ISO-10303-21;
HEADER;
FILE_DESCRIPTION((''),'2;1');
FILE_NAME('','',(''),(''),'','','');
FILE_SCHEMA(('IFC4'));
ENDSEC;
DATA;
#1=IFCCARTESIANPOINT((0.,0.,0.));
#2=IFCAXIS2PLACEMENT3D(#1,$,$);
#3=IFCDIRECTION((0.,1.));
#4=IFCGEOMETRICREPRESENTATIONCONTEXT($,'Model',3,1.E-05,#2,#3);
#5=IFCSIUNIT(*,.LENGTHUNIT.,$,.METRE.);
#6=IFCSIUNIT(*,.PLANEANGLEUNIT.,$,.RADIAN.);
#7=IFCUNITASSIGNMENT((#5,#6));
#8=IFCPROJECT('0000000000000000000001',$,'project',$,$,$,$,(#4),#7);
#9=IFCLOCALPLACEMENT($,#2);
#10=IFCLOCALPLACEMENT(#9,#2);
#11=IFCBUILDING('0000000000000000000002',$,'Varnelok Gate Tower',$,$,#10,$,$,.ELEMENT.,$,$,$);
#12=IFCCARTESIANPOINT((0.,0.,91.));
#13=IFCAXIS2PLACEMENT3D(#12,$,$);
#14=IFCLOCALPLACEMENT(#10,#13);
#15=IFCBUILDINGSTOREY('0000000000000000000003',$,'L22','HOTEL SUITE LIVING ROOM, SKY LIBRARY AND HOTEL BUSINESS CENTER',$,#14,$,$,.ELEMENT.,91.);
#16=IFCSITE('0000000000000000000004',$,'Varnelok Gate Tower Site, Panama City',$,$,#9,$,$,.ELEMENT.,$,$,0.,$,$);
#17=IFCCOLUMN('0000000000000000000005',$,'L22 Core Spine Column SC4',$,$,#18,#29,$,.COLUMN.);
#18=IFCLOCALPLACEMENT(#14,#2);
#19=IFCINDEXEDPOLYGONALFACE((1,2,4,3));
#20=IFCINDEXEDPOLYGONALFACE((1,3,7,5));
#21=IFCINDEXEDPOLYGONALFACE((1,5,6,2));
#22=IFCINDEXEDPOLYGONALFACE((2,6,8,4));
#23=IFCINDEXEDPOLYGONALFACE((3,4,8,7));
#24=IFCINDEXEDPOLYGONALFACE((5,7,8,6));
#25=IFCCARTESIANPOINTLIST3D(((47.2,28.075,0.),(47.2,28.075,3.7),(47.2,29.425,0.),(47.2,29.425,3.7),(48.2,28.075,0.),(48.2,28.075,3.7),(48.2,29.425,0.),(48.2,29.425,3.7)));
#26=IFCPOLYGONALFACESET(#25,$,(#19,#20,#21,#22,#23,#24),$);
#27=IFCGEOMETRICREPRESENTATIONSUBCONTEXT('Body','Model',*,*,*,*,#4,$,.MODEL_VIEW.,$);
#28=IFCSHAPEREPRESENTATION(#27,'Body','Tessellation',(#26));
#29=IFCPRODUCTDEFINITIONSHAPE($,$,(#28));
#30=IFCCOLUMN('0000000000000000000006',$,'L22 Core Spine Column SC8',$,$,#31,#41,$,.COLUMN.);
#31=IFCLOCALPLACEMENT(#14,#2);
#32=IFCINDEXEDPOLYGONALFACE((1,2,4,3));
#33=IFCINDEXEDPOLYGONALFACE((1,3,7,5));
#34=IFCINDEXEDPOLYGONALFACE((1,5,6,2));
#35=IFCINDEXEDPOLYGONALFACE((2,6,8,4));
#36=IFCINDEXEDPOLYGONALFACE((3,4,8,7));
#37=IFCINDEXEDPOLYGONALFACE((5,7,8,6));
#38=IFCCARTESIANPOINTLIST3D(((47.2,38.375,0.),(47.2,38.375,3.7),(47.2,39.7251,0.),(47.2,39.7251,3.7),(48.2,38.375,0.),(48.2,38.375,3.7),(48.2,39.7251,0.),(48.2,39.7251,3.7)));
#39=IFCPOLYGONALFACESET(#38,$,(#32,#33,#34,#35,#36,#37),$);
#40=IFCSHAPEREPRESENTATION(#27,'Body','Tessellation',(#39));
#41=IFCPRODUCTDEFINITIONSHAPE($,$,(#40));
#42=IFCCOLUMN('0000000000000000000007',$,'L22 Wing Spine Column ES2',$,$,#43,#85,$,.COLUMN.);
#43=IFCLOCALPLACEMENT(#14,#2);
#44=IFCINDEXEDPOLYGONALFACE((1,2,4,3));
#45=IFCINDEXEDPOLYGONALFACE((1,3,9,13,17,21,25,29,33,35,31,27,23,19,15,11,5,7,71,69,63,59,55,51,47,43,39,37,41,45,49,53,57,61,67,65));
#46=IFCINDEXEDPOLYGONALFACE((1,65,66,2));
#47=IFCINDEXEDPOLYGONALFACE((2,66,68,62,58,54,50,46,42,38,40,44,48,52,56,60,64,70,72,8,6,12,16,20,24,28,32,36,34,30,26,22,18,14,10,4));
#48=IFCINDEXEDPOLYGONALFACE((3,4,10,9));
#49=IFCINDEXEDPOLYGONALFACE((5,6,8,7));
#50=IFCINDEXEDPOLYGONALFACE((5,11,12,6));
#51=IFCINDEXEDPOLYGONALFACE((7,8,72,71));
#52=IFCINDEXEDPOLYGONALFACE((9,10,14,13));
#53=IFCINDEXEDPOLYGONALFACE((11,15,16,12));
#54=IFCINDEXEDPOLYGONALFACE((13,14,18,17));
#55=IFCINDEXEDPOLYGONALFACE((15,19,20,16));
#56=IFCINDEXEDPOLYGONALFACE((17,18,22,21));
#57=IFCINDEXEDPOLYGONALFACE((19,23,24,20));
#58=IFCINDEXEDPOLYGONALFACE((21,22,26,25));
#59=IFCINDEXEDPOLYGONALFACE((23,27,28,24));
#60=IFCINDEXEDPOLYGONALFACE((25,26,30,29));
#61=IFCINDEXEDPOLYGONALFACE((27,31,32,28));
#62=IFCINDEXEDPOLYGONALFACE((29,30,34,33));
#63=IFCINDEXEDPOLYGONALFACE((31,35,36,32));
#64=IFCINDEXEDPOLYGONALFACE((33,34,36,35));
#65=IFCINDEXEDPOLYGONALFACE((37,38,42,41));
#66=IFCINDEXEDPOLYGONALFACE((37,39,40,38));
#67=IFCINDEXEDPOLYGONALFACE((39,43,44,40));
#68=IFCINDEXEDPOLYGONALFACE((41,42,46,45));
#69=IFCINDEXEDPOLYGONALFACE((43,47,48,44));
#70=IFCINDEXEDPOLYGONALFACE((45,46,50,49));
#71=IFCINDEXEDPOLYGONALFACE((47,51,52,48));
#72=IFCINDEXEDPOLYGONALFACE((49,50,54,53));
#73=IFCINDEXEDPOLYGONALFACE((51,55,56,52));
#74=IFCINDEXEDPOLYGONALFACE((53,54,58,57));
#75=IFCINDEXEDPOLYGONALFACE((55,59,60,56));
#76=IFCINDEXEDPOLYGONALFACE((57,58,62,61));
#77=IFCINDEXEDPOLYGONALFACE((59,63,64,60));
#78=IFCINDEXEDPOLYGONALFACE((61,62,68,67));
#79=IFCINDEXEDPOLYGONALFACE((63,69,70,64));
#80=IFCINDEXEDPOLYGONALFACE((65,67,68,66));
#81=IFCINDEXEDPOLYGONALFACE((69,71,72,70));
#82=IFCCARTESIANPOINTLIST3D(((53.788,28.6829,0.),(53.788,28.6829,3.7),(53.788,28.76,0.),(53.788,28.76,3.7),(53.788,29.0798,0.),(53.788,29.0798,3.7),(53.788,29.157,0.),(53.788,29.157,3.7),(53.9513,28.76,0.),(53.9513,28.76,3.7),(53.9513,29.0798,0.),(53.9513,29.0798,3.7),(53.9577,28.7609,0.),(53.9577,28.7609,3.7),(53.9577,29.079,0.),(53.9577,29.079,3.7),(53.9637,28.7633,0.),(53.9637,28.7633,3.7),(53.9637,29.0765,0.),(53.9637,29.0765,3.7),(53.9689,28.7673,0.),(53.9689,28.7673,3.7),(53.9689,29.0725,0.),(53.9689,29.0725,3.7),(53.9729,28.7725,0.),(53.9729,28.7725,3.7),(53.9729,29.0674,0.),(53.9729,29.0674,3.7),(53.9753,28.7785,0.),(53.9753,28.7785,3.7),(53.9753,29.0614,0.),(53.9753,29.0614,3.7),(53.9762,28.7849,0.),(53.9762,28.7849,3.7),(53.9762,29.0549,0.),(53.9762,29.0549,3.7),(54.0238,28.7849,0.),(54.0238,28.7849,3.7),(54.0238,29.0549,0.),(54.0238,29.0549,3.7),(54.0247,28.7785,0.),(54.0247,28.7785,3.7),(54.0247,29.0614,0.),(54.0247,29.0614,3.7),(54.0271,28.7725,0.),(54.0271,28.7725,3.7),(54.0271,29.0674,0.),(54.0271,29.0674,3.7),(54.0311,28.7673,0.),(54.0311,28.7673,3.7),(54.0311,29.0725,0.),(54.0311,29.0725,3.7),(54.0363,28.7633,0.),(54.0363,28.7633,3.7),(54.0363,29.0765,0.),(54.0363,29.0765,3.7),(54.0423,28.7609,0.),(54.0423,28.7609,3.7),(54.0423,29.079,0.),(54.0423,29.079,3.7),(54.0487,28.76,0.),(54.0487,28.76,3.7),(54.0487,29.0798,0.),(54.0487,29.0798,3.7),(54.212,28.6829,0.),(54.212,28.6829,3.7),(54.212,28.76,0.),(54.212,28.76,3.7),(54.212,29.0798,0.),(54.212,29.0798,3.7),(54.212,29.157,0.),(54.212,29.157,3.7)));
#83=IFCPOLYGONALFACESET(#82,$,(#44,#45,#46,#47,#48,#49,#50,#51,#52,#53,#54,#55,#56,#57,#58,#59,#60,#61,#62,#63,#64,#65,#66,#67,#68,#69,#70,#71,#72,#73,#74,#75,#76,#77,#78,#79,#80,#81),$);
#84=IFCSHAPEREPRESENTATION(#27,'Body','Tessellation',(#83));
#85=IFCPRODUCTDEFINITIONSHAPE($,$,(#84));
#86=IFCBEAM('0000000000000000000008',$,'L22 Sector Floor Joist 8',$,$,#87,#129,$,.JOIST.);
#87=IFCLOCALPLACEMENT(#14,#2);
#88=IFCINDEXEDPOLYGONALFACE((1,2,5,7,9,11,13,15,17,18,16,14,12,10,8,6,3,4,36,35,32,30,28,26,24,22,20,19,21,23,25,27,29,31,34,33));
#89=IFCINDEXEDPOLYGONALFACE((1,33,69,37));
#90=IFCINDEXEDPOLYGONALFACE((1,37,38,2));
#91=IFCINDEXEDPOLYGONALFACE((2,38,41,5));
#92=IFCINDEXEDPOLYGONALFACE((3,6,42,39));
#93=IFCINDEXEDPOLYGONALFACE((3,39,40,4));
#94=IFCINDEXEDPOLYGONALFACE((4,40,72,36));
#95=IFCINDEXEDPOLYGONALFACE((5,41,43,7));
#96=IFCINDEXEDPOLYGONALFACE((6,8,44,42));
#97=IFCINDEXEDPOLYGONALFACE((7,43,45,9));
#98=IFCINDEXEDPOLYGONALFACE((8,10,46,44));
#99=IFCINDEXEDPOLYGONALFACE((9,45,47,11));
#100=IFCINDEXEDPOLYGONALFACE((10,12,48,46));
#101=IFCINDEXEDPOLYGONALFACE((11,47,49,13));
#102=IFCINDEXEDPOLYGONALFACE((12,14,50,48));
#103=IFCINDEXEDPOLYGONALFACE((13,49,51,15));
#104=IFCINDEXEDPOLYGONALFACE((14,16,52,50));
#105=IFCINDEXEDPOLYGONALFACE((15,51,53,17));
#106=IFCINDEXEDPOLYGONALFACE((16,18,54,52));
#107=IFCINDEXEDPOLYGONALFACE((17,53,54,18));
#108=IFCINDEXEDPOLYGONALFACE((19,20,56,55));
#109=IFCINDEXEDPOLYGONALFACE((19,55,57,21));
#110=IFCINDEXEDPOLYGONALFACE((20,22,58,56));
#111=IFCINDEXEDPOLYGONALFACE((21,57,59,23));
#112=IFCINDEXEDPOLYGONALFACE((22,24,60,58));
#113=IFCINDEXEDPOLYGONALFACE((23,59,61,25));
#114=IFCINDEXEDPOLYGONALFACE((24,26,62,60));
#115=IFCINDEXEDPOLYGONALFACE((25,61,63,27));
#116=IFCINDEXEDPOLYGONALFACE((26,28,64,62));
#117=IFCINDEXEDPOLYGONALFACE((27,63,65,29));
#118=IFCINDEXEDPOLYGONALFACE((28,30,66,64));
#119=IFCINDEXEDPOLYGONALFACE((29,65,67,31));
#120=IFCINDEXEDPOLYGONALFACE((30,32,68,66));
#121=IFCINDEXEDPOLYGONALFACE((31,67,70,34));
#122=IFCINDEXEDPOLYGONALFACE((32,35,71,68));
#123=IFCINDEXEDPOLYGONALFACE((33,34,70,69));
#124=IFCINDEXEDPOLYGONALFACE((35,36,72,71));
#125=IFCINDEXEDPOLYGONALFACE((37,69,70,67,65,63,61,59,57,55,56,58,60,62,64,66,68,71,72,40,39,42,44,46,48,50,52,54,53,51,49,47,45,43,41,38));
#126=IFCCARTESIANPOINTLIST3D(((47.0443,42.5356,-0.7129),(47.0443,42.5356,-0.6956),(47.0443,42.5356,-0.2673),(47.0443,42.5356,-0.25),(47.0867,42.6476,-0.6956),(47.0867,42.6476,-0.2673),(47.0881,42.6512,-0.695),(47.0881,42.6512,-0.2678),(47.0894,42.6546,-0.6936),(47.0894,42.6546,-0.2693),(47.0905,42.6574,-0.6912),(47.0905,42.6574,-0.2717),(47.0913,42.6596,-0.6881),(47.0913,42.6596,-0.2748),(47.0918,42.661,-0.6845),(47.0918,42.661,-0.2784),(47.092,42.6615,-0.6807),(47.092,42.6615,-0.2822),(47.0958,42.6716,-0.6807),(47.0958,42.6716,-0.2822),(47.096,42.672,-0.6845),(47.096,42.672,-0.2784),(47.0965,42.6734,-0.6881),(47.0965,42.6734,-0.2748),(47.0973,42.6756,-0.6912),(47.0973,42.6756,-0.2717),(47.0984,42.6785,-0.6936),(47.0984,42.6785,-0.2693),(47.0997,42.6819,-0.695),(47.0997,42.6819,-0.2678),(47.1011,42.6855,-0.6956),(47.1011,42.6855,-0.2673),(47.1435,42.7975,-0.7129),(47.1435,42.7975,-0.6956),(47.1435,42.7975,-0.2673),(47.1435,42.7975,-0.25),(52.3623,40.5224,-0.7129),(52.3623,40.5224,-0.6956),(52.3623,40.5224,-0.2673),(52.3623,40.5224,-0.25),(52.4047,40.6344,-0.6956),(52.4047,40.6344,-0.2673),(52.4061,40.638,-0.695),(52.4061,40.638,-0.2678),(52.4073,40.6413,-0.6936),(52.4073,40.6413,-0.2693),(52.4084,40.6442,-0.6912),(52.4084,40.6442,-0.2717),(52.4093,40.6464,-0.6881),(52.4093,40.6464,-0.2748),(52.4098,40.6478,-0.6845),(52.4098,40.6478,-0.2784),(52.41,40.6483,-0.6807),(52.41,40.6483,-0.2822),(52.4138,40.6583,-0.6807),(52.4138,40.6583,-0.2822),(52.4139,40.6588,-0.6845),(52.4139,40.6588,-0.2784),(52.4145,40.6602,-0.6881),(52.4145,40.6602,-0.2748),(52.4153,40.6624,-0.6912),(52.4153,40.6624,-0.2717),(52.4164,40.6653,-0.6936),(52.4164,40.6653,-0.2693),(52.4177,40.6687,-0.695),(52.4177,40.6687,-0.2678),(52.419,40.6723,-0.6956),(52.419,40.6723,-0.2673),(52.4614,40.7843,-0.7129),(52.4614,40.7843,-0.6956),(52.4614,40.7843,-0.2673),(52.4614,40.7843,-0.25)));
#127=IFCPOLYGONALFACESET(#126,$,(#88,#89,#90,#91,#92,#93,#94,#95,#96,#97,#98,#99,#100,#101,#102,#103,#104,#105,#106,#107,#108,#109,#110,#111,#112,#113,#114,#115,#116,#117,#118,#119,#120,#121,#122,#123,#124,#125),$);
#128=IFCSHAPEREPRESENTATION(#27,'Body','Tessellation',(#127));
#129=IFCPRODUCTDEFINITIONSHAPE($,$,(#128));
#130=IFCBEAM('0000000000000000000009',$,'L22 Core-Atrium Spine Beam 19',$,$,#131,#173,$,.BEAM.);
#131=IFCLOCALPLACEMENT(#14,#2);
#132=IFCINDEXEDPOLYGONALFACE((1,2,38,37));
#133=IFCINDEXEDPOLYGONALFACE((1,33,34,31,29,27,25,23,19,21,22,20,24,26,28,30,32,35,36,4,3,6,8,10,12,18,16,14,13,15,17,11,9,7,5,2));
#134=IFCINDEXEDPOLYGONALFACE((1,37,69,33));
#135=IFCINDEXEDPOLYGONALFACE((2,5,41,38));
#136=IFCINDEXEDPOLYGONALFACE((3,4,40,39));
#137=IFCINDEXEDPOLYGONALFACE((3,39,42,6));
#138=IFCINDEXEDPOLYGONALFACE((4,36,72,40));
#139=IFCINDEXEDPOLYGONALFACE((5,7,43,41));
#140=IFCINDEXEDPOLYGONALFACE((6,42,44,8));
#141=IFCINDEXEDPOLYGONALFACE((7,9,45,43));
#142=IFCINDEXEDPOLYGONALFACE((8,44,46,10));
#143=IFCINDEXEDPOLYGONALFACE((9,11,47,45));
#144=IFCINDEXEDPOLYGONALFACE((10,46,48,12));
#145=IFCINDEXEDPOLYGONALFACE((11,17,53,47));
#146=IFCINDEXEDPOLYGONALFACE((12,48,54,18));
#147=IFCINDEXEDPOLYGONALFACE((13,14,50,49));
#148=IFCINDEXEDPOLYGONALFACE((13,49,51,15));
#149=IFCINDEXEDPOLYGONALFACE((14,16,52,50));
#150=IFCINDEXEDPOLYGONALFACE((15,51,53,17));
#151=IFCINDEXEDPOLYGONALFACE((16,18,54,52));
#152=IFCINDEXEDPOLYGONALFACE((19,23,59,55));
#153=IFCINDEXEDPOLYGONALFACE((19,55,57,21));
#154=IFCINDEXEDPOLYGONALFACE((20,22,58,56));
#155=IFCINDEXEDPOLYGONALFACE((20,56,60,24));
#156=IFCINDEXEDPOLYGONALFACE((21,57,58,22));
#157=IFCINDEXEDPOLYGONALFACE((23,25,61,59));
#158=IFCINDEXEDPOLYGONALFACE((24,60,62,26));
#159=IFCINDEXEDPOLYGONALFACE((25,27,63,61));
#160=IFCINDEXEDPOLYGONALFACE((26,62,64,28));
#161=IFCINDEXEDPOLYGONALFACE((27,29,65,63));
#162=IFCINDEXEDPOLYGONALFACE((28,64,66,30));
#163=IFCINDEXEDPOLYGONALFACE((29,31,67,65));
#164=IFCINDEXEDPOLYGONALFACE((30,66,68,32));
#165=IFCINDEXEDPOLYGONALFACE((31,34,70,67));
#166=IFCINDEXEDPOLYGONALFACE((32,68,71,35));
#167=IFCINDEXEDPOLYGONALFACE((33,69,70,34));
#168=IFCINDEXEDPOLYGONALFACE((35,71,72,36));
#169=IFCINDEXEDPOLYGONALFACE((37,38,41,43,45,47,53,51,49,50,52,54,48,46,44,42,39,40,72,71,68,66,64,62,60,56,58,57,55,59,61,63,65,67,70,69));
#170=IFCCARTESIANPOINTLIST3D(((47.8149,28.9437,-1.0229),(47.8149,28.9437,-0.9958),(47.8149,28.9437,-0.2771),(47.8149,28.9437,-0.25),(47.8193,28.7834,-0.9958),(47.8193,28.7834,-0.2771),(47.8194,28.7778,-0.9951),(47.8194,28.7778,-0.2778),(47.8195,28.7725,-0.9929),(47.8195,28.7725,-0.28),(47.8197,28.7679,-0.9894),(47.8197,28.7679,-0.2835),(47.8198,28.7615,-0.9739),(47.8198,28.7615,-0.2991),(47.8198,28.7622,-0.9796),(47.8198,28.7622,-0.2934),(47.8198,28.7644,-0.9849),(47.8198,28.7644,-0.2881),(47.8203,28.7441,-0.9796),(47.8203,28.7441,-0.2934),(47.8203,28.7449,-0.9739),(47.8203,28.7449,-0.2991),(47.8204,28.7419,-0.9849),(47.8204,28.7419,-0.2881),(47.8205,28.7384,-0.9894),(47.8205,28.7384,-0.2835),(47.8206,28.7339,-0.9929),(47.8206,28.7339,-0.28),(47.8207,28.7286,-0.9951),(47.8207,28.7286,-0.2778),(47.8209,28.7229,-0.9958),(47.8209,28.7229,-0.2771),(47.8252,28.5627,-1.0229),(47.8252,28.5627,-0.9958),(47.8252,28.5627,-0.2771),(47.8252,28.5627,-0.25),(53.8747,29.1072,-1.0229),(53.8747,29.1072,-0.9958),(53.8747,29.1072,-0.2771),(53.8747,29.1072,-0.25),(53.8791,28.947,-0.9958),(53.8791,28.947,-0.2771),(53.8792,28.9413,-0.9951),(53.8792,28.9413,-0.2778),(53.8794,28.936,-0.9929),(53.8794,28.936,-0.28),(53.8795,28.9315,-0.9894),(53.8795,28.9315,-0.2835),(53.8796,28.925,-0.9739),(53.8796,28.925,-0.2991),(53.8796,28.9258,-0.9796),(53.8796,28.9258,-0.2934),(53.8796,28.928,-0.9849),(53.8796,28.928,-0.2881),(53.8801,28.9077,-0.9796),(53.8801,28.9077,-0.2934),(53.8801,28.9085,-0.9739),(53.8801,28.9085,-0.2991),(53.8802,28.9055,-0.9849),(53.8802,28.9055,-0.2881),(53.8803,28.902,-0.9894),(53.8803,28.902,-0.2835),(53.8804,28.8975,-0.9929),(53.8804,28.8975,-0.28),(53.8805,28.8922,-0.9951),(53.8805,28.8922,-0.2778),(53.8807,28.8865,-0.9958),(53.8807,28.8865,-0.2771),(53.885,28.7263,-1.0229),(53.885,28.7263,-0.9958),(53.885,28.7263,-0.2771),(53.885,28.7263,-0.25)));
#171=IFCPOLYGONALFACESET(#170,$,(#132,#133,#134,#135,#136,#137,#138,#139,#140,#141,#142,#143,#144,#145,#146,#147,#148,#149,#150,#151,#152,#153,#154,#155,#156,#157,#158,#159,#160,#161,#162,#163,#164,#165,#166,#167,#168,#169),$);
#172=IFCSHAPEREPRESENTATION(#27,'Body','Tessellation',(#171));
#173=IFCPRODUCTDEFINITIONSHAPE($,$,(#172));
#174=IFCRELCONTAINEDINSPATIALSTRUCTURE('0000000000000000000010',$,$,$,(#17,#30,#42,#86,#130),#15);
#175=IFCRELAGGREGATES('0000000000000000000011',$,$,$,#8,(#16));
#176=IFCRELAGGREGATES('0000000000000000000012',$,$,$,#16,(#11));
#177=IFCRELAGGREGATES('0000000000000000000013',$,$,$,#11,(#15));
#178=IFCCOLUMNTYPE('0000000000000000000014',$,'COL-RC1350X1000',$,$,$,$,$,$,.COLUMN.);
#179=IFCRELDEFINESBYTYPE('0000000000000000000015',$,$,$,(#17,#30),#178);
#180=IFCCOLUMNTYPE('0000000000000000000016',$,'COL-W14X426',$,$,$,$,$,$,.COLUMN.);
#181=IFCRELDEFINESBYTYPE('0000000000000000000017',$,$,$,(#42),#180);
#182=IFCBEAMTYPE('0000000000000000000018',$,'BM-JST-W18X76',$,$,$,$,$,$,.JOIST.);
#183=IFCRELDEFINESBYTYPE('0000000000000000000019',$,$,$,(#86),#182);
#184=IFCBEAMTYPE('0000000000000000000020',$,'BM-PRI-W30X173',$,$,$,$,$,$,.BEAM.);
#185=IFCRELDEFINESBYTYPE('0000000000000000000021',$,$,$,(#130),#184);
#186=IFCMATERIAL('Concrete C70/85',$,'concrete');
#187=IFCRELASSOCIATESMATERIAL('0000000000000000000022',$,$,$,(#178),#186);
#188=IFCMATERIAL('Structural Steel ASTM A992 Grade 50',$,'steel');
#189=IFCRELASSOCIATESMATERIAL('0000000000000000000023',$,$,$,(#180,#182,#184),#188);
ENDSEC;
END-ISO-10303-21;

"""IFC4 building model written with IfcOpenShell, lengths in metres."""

from ifc_helpers import new_model, si_unit, direction, frame, origin, origin_2d, place, context, subcontext, project, spatial, rectangle, i_section, extrude, material, material_profile, profile_set, type_object, element, save


model = new_model("IFC4")

# Units and contexts
model_context = context("Model", 3, precision=1e-05, world=origin(), true_north=direction((0.0, 1.0)))
body_context = subcontext(model_context, "Body", "Model", "MODEL_VIEW")
ifc_project = project(units=[si_unit("LENGTHUNIT", "METRE"), si_unit("PLANEANGLEUNIT", "RADIAN")], contexts=[model_context])

# Site, building, storey
site_placement = place(None, origin())
site = spatial("IfcSite", under=ifc_project, at=site_placement, Name="Varnelok Gate Tower Site, Panama City", CompositionType="ELEMENT", RefElevation=0.0)
building_placement = place(site_placement, origin())
building = spatial("IfcBuilding", under=site, at=building_placement, Name="Varnelok Gate Tower", CompositionType="ELEMENT")
storey_placement = place(building_placement, frame((0.0, 0.0, 91.0)))
storey = spatial("IfcBuildingStorey", under=building, at=storey_placement, Name="L22", Description="HOTEL SUITE LIVING ROOM, SKY LIBRARY AND HOTEL BUSINESS CENTER", CompositionType="ELEMENT", Elevation=91.0)

# Columns
ifc_material_1 = material(Name="Concrete C70/85", Category="concrete")
ifc_material_profile_1 = material_profile(ifc_material_1, rectangle(XDim=1.0, YDim=1.3501, at=origin_2d()), Name="RC1350X1000")
ifc_profile_set_1 = profile_set([ifc_material_profile_1], Name="Concrete C70/85")
column_type_1 = type_object("IfcColumnType", Name="COL-RC1350X1000", PredefinedType="COLUMN", material=ifc_profile_set_1)
for number, where, z_axis, x_axis, name in (
    (1, (47.7, 28.75, 0.0), (0.0, 0.0, 1.0), (1.0, 0.0, 0.0), "L22 Core Spine Column SC4"),
    (2, (47.7, 39.05, 0.0), (0.0, 0.0, 1.0), (1.0, 0.0, 0.0), "L22 Core Spine Column SC8"),
):
    element("IfcColumn", number, at=place(storey_placement, frame(where, z_axis=z_axis, x_axis=x_axis)), inside=storey, type_object=column_type_1, Name=name, PredefinedType="COLUMN", context=body_context, shape_type="SweptSolid", body=[
        extrude(rectangle(XDim=1.0, YDim=1.3501, at=origin_2d()), origin(), (0.0, 0.0, 1.0), 3.7),
    ])
ifc_material_2 = material(Name="Structural Steel ASTM A992 Grade 50", Category="steel")
ifc_material_profile_2 = material_profile(ifc_material_2, i_section(OverallWidth=0.4241, OverallDepth=0.4741, WebThickness=0.0476, FlangeThickness=0.0771, FilletRadius=0.0249, at=origin_2d()), Name="W14X426")
ifc_profile_set_2 = profile_set([ifc_material_profile_2], Name="Structural Steel ASTM A992 Grade 50")
column_type_2 = type_object("IfcColumnType", Name="COL-W14X426", PredefinedType="COLUMN", material=ifc_profile_set_2)
column_placement = place(storey_placement, frame((54.0, 28.9199, 0.0), z_axis=(0.0, 0.0, 1.0), x_axis=(1.0, 0.0, 0.0)))
element("IfcColumn", 3, at=column_placement, inside=storey, type_object=column_type_2, Name="L22 Wing Spine Column ES2", PredefinedType="COLUMN", context=body_context, shape_type="SweptSolid", body=[
    extrude(i_section(OverallWidth=0.4241, OverallDepth=0.4741, WebThickness=0.0476, FlangeThickness=0.0771, FilletRadius=0.0249, at=origin_2d()), origin(), (0.0, 0.0, 1.0), 3.7),
])

# Beams
ifc_material_profile_3 = material_profile(ifc_material_2, i_section(OverallWidth=0.28, OverallDepth=0.4629, WebThickness=0.0107, FlangeThickness=0.0173, FilletRadius=0.0149, at=origin_2d()), Name="W18X76")
ifc_profile_set_3 = profile_set([ifc_material_profile_3], Name="Structural Steel ASTM A992 Grade 50")
beam_type_1 = type_object("IfcBeamType", Name="BM-JST-W18X76", PredefinedType="JOIST", material=ifc_profile_set_3)
beam_1_placement = place(storey_placement, frame((52.4119, 40.6533, -0.4814), z_axis=(-0.935227, 0.354048, 0.0), x_axis=(-0.354048, -0.935227, 0.0)))
element("IfcBeam", 4, at=beam_1_placement, inside=storey, type_object=beam_type_1, Name="L22 Sector Floor Joist 8", PredefinedType="JOIST", context=body_context, shape_type="SweptSolid", body=[
    extrude(i_section(OverallWidth=0.28, OverallDepth=0.4629, WebThickness=0.0107, FlangeThickness=0.0173, FilletRadius=0.0149, at=origin_2d()), origin(), (0.0, 0.0, 1.0), 5.6863),
])
ifc_material_profile_4 = material_profile(ifc_material_2, i_section(OverallWidth=0.3811, OverallDepth=0.7729, WebThickness=0.0166, FlangeThickness=0.0271, FilletRadius=0.022, at=origin_2d()), Name="W30X173")
ifc_profile_set_4 = profile_set([ifc_material_profile_4], Name="Structural Steel ASTM A992 Grade 50")
beam_type_2 = type_object("IfcBeamType", Name="BM-PRI-W30X173", PredefinedType="BEAM", material=ifc_profile_set_4)
beam_2_placement = place(storey_placement, frame((47.8201, 28.7532, -0.6365), z_axis=(0.999636, 0.026983, 0.0), x_axis=(-0.026983, 0.999636, 0.0)))
element("IfcBeam", 5, at=beam_2_placement, inside=storey, type_object=beam_type_2, Name="L22 Core-Atrium Spine Beam 19", PredefinedType="BEAM", context=body_context, shape_type="SweptSolid", body=[
    extrude(i_section(OverallWidth=0.3811, OverallDepth=0.7729, WebThickness=0.0166, FlangeThickness=0.0271, FilletRadius=0.022, at=origin_2d()), origin(), (0.0, 0.0, 1.0), 6.062),
])

save(model, "model.ifc")
